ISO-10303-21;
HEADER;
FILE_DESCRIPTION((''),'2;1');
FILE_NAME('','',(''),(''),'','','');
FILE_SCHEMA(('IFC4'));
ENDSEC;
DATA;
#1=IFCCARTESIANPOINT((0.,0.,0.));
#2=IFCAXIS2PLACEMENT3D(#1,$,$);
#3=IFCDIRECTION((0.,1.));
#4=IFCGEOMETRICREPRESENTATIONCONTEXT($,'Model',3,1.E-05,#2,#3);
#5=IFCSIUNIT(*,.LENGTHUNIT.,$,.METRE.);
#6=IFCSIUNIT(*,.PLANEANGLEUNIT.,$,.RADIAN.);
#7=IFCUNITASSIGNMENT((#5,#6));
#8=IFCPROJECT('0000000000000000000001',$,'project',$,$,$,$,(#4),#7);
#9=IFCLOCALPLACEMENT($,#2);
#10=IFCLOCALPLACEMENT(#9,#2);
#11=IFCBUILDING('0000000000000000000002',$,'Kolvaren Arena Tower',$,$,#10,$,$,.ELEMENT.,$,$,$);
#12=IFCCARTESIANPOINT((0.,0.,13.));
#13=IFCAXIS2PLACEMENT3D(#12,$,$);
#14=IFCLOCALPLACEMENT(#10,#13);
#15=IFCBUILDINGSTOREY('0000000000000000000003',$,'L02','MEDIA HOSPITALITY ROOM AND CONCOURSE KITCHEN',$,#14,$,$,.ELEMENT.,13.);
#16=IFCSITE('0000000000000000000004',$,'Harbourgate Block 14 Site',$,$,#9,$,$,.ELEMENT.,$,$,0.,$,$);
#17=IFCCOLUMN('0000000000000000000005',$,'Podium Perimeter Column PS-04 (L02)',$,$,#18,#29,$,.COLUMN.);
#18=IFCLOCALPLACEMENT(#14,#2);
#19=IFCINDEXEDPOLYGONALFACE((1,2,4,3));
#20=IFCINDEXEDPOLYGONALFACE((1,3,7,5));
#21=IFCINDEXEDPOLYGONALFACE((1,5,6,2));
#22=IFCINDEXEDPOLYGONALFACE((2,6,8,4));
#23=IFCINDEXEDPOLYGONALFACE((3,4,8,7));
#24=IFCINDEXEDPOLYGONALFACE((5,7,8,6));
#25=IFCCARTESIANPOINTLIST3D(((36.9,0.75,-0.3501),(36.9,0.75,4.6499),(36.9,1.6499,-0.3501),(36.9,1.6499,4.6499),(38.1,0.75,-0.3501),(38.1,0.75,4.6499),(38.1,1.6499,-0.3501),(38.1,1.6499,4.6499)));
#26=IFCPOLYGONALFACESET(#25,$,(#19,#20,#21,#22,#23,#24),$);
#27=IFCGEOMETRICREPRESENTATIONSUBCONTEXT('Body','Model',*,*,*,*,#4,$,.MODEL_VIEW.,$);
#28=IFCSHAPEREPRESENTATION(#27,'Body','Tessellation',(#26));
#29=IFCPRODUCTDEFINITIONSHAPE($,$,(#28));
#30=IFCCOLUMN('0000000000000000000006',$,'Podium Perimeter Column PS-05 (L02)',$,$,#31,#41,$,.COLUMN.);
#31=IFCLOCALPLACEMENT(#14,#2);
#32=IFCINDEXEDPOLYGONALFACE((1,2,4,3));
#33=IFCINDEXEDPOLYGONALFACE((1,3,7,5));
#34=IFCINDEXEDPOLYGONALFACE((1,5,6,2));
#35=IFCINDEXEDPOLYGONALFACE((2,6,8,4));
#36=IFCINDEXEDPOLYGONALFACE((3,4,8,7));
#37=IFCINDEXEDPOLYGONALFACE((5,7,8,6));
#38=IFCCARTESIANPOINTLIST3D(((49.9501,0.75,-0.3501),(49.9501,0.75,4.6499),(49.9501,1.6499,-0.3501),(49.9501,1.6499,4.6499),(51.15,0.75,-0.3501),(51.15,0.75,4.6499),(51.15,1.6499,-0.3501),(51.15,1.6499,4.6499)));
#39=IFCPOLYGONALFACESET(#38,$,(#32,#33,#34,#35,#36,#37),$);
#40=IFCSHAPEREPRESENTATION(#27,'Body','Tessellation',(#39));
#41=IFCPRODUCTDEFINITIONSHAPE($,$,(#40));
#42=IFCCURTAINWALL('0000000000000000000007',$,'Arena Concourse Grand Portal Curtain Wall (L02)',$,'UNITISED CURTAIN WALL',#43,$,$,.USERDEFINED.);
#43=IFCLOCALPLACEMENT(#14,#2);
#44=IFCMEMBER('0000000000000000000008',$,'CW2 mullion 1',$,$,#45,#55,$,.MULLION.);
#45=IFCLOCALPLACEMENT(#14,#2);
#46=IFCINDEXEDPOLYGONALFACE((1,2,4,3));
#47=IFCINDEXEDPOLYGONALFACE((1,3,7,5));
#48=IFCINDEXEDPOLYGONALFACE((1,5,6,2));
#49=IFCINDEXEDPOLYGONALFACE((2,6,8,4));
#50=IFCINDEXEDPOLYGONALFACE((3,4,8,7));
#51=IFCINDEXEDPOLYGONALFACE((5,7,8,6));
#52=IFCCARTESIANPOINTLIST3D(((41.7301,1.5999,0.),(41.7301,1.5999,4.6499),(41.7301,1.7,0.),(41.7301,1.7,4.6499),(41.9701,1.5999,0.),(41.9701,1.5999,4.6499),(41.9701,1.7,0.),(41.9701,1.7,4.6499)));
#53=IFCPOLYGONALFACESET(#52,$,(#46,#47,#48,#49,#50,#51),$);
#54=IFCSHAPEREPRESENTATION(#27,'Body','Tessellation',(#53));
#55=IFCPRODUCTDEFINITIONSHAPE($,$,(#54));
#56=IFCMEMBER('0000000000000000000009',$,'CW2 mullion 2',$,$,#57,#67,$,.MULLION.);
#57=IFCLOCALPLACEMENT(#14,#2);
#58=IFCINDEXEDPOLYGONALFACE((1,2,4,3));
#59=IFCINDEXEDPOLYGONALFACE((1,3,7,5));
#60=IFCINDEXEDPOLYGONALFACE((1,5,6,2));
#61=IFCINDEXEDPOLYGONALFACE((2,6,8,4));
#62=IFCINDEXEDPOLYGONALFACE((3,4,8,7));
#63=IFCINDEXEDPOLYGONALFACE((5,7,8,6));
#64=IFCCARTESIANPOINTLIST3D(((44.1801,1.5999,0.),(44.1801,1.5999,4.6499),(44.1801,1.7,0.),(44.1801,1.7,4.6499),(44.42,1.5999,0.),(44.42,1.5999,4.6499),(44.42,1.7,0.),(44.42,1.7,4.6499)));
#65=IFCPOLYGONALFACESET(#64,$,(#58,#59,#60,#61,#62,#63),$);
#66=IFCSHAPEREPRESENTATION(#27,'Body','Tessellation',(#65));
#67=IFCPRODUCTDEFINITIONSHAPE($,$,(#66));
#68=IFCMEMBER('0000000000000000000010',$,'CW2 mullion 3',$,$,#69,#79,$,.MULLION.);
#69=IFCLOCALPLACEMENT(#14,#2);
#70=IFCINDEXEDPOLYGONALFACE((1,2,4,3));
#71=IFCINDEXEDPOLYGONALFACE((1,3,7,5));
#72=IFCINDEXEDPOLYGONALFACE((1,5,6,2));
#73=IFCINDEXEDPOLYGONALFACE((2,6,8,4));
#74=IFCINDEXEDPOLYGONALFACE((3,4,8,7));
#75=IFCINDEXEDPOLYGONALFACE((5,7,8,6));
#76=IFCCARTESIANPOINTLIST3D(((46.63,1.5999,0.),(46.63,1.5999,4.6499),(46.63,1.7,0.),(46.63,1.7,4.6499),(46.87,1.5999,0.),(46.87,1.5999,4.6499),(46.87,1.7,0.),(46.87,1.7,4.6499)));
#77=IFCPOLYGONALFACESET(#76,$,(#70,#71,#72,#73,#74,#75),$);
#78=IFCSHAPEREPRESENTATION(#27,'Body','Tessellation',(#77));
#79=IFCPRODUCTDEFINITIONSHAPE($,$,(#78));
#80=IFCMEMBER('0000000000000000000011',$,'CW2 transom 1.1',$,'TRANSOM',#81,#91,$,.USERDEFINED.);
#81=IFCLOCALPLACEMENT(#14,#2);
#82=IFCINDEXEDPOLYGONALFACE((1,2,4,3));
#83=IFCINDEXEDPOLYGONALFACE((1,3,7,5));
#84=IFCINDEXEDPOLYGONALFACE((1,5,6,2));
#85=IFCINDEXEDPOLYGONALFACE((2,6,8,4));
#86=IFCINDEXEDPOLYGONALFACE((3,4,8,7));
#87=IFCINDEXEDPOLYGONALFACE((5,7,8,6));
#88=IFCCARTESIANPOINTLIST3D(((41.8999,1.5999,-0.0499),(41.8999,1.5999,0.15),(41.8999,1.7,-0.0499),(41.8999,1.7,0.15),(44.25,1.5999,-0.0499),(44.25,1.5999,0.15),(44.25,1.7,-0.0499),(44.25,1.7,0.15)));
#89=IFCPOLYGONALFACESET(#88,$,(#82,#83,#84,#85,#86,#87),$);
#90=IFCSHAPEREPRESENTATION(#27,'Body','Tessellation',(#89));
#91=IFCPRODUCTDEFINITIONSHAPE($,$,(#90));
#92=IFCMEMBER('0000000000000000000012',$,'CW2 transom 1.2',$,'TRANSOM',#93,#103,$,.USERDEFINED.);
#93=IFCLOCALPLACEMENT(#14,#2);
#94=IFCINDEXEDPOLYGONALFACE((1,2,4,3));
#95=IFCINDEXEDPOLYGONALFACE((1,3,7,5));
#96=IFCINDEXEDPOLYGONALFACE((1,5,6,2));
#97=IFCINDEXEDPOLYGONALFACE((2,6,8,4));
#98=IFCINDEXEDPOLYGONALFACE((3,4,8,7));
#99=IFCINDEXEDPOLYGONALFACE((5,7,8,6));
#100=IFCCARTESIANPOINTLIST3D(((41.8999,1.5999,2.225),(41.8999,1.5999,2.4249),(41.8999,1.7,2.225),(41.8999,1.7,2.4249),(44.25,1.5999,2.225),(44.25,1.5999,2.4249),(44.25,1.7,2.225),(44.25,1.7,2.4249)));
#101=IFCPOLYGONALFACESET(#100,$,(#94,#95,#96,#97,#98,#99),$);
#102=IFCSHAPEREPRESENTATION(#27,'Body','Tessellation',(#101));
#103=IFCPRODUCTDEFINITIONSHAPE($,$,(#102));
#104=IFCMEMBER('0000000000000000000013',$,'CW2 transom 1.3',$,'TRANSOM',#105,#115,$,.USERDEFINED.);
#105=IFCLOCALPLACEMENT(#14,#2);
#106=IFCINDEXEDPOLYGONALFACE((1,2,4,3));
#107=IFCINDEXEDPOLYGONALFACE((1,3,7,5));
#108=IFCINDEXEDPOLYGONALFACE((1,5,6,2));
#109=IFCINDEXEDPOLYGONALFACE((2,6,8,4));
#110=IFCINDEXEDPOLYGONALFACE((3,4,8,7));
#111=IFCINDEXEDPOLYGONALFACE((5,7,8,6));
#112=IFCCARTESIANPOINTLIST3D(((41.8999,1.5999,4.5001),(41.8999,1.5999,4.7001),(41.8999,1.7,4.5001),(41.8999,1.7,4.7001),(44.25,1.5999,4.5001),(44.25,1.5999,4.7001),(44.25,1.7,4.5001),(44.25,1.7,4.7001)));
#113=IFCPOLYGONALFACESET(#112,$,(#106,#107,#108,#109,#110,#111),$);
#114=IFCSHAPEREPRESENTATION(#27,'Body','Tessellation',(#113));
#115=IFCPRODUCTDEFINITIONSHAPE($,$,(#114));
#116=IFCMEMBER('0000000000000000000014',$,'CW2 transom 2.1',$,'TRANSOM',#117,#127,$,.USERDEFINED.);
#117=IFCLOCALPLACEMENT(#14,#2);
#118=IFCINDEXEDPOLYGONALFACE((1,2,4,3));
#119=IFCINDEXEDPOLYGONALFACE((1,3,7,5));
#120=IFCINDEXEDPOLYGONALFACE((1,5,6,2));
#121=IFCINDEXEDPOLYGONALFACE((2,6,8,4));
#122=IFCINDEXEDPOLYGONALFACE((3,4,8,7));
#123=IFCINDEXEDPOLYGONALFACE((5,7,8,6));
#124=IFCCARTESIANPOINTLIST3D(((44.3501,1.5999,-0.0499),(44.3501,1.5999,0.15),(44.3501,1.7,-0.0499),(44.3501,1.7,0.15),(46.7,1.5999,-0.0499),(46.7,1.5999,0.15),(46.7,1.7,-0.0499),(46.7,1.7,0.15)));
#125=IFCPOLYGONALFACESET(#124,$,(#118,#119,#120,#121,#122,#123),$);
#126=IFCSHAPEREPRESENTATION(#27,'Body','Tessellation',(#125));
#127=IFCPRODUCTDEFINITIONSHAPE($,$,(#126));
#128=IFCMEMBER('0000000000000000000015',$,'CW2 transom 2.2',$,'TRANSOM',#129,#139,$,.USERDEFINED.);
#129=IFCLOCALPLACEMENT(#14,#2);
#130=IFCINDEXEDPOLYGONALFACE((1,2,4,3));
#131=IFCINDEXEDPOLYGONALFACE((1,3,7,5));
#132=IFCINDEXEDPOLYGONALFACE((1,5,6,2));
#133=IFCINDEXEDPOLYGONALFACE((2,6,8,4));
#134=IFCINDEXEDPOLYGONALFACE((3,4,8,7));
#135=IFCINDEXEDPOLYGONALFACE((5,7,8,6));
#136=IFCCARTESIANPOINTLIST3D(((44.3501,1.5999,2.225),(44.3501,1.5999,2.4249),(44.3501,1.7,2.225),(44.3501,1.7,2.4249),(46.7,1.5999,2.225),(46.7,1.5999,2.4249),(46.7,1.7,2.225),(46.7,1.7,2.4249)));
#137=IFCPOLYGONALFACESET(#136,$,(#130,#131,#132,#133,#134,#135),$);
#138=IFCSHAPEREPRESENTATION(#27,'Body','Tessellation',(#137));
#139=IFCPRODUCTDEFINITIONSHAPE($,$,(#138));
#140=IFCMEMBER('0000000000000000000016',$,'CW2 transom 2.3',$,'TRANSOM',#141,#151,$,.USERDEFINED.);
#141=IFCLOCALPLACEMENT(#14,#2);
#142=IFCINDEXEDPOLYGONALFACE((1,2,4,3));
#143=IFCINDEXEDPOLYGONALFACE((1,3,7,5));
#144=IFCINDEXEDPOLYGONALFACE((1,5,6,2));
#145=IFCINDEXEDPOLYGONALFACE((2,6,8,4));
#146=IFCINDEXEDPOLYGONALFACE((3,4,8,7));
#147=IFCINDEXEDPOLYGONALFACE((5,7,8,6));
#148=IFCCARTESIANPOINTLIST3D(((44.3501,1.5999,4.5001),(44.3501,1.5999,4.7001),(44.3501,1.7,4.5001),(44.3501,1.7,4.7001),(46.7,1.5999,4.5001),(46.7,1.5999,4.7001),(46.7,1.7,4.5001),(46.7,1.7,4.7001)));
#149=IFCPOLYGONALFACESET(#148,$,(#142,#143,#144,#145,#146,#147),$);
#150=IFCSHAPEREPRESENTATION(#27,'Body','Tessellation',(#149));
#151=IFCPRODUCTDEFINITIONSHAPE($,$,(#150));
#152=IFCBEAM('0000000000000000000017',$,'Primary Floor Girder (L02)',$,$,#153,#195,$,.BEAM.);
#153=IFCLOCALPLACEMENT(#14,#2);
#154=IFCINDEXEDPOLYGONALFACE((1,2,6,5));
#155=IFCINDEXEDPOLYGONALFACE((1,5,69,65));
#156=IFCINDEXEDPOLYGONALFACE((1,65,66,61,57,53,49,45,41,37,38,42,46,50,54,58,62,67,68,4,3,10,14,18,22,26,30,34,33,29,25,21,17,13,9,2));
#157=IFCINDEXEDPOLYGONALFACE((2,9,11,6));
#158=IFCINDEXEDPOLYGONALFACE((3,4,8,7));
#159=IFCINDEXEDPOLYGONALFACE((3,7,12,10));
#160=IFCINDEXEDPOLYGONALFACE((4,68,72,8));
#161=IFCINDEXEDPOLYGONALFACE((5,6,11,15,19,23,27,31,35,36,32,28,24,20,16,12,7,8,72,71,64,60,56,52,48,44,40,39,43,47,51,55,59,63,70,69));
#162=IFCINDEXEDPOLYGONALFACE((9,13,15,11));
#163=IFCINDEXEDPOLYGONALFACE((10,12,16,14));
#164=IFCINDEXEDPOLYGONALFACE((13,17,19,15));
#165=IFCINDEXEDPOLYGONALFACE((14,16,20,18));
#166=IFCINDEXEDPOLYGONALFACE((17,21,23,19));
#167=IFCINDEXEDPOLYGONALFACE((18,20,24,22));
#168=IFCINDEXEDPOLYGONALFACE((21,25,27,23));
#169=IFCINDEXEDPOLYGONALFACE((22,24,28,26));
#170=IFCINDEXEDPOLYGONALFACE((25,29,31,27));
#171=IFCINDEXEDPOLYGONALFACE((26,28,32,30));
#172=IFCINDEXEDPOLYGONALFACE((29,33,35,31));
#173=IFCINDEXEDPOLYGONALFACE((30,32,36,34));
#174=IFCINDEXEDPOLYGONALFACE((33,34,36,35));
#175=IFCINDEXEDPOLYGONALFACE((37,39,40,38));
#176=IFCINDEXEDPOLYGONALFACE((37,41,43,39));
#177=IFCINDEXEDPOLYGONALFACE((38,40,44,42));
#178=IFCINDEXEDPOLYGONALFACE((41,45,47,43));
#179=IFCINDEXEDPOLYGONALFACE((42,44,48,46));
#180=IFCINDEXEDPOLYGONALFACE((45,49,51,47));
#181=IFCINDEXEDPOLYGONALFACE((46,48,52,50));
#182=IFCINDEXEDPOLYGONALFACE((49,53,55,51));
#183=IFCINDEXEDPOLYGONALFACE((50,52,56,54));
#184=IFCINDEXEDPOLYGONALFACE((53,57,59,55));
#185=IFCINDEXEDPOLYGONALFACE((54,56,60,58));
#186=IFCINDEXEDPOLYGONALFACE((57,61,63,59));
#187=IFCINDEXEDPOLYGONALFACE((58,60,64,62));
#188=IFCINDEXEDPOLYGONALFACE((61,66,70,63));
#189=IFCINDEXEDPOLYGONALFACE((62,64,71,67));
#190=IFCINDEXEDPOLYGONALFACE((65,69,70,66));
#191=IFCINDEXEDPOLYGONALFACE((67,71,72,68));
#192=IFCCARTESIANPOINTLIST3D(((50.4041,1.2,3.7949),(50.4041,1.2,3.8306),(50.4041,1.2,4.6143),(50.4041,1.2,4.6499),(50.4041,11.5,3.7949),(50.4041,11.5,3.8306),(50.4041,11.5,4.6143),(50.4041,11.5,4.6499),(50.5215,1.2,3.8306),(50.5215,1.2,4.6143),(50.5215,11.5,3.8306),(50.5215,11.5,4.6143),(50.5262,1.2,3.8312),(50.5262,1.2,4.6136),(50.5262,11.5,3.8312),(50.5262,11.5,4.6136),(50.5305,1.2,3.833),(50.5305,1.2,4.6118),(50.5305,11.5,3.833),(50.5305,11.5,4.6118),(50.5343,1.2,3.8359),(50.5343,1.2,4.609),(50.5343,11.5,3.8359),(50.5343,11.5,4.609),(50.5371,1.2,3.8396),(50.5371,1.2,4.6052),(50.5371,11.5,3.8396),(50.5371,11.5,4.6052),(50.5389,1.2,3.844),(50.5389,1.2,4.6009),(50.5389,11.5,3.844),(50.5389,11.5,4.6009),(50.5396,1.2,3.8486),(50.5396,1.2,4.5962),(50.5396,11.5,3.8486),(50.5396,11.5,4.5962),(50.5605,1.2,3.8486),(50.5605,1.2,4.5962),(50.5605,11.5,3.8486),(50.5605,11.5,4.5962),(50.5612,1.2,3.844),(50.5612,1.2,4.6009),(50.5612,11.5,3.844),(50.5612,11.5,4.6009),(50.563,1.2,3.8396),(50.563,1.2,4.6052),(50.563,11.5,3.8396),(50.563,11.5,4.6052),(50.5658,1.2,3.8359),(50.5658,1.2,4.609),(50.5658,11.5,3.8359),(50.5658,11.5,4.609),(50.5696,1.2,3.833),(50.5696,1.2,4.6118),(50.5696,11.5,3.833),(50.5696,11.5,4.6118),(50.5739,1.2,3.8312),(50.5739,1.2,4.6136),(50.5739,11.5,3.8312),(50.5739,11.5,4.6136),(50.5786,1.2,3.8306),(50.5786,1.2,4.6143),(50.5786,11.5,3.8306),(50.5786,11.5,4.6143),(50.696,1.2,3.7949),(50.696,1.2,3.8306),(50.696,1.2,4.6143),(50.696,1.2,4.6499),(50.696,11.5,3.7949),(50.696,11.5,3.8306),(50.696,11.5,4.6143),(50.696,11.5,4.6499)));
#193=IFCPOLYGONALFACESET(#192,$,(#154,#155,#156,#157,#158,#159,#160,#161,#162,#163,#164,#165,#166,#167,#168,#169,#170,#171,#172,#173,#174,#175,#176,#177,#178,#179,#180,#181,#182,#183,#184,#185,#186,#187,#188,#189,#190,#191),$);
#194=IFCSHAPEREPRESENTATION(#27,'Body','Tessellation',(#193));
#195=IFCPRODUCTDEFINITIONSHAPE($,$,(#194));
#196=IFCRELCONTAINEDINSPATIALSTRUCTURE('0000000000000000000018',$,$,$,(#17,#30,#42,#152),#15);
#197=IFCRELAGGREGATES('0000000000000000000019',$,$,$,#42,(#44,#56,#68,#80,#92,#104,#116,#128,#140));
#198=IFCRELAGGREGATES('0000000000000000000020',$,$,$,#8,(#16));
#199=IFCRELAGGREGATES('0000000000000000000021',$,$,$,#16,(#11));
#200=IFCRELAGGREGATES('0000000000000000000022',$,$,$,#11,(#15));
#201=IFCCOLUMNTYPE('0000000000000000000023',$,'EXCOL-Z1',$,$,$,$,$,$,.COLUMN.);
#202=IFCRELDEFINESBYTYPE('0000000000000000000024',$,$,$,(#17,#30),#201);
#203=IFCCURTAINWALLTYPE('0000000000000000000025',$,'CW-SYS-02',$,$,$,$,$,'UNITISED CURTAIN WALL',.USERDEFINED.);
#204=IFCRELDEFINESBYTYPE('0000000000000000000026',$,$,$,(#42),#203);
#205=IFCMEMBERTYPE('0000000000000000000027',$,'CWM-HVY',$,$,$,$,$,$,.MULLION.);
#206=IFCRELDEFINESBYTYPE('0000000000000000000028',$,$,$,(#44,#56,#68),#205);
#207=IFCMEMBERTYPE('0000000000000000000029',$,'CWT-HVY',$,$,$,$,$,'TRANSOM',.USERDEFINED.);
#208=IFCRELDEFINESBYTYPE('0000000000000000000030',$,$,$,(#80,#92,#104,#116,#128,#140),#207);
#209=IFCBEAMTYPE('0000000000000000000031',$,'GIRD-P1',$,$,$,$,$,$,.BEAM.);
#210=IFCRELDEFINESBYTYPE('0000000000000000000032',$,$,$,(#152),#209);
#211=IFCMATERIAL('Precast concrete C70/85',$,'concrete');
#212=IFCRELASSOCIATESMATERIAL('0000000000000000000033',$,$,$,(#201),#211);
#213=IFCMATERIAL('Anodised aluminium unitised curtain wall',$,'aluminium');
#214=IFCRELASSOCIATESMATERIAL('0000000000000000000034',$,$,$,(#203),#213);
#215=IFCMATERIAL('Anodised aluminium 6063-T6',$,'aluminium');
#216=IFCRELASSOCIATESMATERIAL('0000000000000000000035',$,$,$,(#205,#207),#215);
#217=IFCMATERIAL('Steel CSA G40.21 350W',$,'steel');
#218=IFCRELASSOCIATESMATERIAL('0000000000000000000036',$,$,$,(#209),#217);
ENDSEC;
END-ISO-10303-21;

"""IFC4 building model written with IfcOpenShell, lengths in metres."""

from ifc_helpers import new_model, si_unit, direction, frame, origin, origin_2d, place, context, subcontext, project, spatial, rectangle, i_section, extrude, material, material_profile, profile_set, type_object, element, aggregate, save


model = new_model("IFC4")

# Units and contexts
model_context = context("Model", 3, precision=1e-05, world=origin(), true_north=direction((0.0, 1.0)))
body_context = subcontext(model_context, "Body", "Model", "MODEL_VIEW")
ifc_project = project(units=[si_unit("LENGTHUNIT", "METRE"), si_unit("PLANEANGLEUNIT", "RADIAN")], contexts=[model_context])

# Site, building, storey
site_placement = place(None, origin())
site = spatial("IfcSite", under=ifc_project, at=site_placement, Name="Harbourgate Block 14 Site", CompositionType="ELEMENT", RefElevation=0.0)
building_placement = place(site_placement, origin())
building = spatial("IfcBuilding", under=site, at=building_placement, Name="Kolvaren Arena Tower", CompositionType="ELEMENT")
storey_placement = place(building_placement, frame((0.0, 0.0, 13.0)))
storey = spatial("IfcBuildingStorey", under=building, at=storey_placement, Name="L02", Description="MEDIA HOSPITALITY ROOM AND CONCOURSE KITCHEN", CompositionType="ELEMENT", Elevation=13.0)

# Columns
ifc_material_1 = material(Name="Precast concrete C70/85", Category="concrete")
ifc_material_profile_1 = material_profile(ifc_material_1, rectangle(XDim=1.2, YDim=0.8999, at=origin_2d()), Name="RC-1200x900")
ifc_profile_set_1 = profile_set([ifc_material_profile_1], Name="Precast concrete C70/85")
column_type = type_object("IfcColumnType", Name="EXCOL-Z1", PredefinedType="COLUMN", material=ifc_profile_set_1)
for number, where, z_axis, x_axis, name in (
    (1, (37.5, 1.2, -0.3501), (0.0, 0.0, 1.0), (1.0, 0.0, 0.0), "Podium Perimeter Column PS-04 (L02)"),
    (2, (50.55, 1.2, -0.3501), (0.0, 0.0, 1.0), (1.0, 0.0, 0.0), "Podium Perimeter Column PS-05 (L02)"),
):
    element("IfcColumn", number, at=place(storey_placement, frame(where, z_axis=z_axis, x_axis=x_axis)), inside=storey, type_object=column_type, Name=name, PredefinedType="COLUMN", context=body_context, shape_type="SweptSolid", body=[
        extrude(rectangle(XDim=1.2, YDim=0.8999, at=origin_2d()), origin(), (0.0, 0.0, 1.0), 5.0),
    ])

# Curtain wall, members
ifc_material_2 = material(Name="Anodised aluminium unitised curtain wall", Category="aluminium")
curtain_wall_type = type_object("IfcCurtainWallType", Name="CW-SYS-02", ElementType="UNITISED CURTAIN WALL", PredefinedType="USERDEFINED", material=ifc_material_2)
curtain_wall_placement = place(storey_placement, origin())
curtain_wall = element("IfcCurtainWall", 3, at=curtain_wall_placement, inside=storey, type_object=curtain_wall_type, Name="Arena Concourse Grand Portal Curtain Wall (L02)", ObjectType="UNITISED CURTAIN WALL", PredefinedType="USERDEFINED")
ifc_material_3 = material(Name="Anodised aluminium 6063-T6", Category="aluminium")
ifc_material_profile_2 = material_profile(ifc_material_3, rectangle(XDim=0.1001, YDim=0.24, at=origin_2d()), Name="ALU-100x240")
ifc_profile_set_2 = profile_set([ifc_material_profile_2], Name="Anodised aluminium 6063-T6")
member_type_1 = type_object("IfcMemberType", Name="CWM-HVY", PredefinedType="MULLION", material=ifc_profile_set_2)
member_1_placement = place(storey_placement, frame((41.8501, 1.6499, 0.0), z_axis=(0.0, 0.0, 1.0), x_axis=(0.0, 1.0, 0.0)))
member_1 = element("IfcMember", 4, at=member_1_placement, type_object=member_type_1, Name="CW2 mullion 1", PredefinedType="MULLION", context=body_context, shape_type="SweptSolid", body=[
    extrude(rectangle(XDim=0.1001, YDim=0.24, at=origin_2d()), origin(), (0.0, 0.0, 1.0), 4.6499),
])
member_2_placement = place(storey_placement, frame((44.3, 1.6499, 0.0), z_axis=(0.0, 0.0, 1.0), x_axis=(0.0, 1.0, 0.0)))
member_2 = element("IfcMember", 5, at=member_2_placement, type_object=member_type_1, Name="CW2 mullion 2", PredefinedType="MULLION", context=body_context, shape_type="SweptSolid", body=[
    extrude(rectangle(XDim=0.1001, YDim=0.24, at=origin_2d()), origin(), (0.0, 0.0, 1.0), 4.6499),
])
member_3_placement = place(storey_placement, frame((46.75, 1.6499, 0.0), z_axis=(0.0, 0.0, 1.0), x_axis=(0.0, 1.0, 0.0)))
member_3 = element("IfcMember", 6, at=member_3_placement, type_object=member_type_1, Name="CW2 mullion 3", PredefinedType="MULLION", context=body_context, shape_type="SweptSolid", body=[
    extrude(rectangle(XDim=0.1001, YDim=0.24, at=origin_2d()), origin(), (0.0, 0.0, 1.0), 4.6499),
])
ifc_material_profile_3 = material_profile(ifc_material_3, rectangle(XDim=0.1001, YDim=0.2, at=origin_2d()), Name="ALU-100x200")
ifc_profile_set_3 = profile_set([ifc_material_profile_3], Name="Anodised aluminium 6063-T6")
member_type_2 = type_object("IfcMemberType", Name="CWT-HVY", ElementType="TRANSOM", PredefinedType="USERDEFINED", material=ifc_profile_set_3)
member_4_placement = place(storey_placement, frame((41.8999, 1.6499, 0.05), z_axis=(1.0, 0.0, 0.0), x_axis=(0.0, 1.0, 0.0)))
member_4 = element("IfcMember", 7, at=member_4_placement, type_object=member_type_2, Name="CW2 transom 1.1", ObjectType="TRANSOM", PredefinedType="USERDEFINED", context=body_context, shape_type="SweptSolid", body=[
    extrude(rectangle(XDim=0.1001, YDim=0.2, at=origin_2d()), origin(), (0.0, 0.0, 1.0), 2.3501),
])
member_5_placement = place(storey_placement, frame((41.8999, 1.6499, 2.325), z_axis=(1.0, 0.0, 0.0), x_axis=(0.0, 1.0, 0.0)))
member_5 = element("IfcMember", 8, at=member_5_placement, type_object=member_type_2, Name="CW2 transom 1.2", ObjectType="TRANSOM", PredefinedType="USERDEFINED", context=body_context, shape_type="SweptSolid", body=[
    extrude(rectangle(XDim=0.1001, YDim=0.2, at=origin_2d()), origin(), (0.0, 0.0, 1.0), 2.3501),
])
member_6_placement = place(storey_placement, frame((41.8999, 1.6499, 4.6001), z_axis=(1.0, 0.0, 0.0), x_axis=(0.0, 1.0, 0.0)))
member_6 = element("IfcMember", 9, at=member_6_placement, type_object=member_type_2, Name="CW2 transom 1.3", ObjectType="TRANSOM", PredefinedType="USERDEFINED", context=body_context, shape_type="SweptSolid", body=[
    extrude(rectangle(XDim=0.1001, YDim=0.2, at=origin_2d()), origin(), (0.0, 0.0, 1.0), 2.3501),
])
member_7_placement = place(storey_placement, frame((44.3501, 1.6499, 0.05), z_axis=(1.0, 0.0, 0.0), x_axis=(0.0, 1.0, 0.0)))
member_7 = element("IfcMember", 10, at=member_7_placement, type_object=member_type_2, Name="CW2 transom 2.1", ObjectType="TRANSOM", PredefinedType="USERDEFINED", context=body_context, shape_type="SweptSolid", body=[
    extrude(rectangle(XDim=0.1001, YDim=0.2, at=origin_2d()), origin(), (0.0, 0.0, 1.0), 2.3499),
])
member_8_placement = place(storey_placement, frame((44.3501, 1.6499, 2.325), z_axis=(1.0, 0.0, 0.0), x_axis=(0.0, 1.0, 0.0)))
member_8 = element("IfcMember", 11, at=member_8_placement, type_object=member_type_2, Name="CW2 transom 2.2", ObjectType="TRANSOM", PredefinedType="USERDEFINED", context=body_context, shape_type="SweptSolid", body=[
    extrude(rectangle(XDim=0.1001, YDim=0.2, at=origin_2d()), origin(), (0.0, 0.0, 1.0), 2.3499),
])
member_9_placement = place(storey_placement, frame((44.3501, 1.6499, 4.6001), z_axis=(1.0, 0.0, 0.0), x_axis=(0.0, 1.0, 0.0)))
member_9 = element("IfcMember", 12, at=member_9_placement, type_object=member_type_2, Name="CW2 transom 2.3", ObjectType="TRANSOM", PredefinedType="USERDEFINED", context=body_context, shape_type="SweptSolid", body=[
    extrude(rectangle(XDim=0.1001, YDim=0.2, at=origin_2d()), origin(), (0.0, 0.0, 1.0), 2.3499),
])

# Beam
ifc_material_4 = material(Name="Steel CSA G40.21 350W", Category="steel")
ifc_material_profile_4 = material_profile(ifc_material_4, i_section(OverallWidth=0.292, OverallDepth=0.855, WebThickness=0.021, FlangeThickness=0.0356, FilletRadius=0.0181, at=origin_2d()), Name="W840x299")
ifc_profile_set_4 = profile_set([ifc_material_profile_4], Name="Steel CSA G40.21 350W")
beam_type_1 = type_object("IfcBeamType", Name="GIRD-P1", PredefinedType="BEAM", material=ifc_profile_set_4)
beam_1_placement = place(storey_placement, frame((50.55, 1.2, 4.2224), z_axis=(0.0, 1.0, 0.0), x_axis=(-1.0, 0.0, 0.0)))
element("IfcBeam", 13, at=beam_1_placement, inside=storey, type_object=beam_type_1, Name="Primary Floor Girder (L02)", PredefinedType="BEAM", context=body_context, shape_type="SweptSolid", body=[
    extrude(i_section(OverallWidth=0.292, OverallDepth=0.855, WebThickness=0.021, FlangeThickness=0.0356, FilletRadius=0.0181, at=origin_2d()), origin(), (0.0, 0.0, 1.0), 10.3),
])

aggregate(curtain_wall, [member_1, member_2, member_3, member_4, member_5, member_6, member_7, member_8, member_9])

save(model, "model.ifc")
